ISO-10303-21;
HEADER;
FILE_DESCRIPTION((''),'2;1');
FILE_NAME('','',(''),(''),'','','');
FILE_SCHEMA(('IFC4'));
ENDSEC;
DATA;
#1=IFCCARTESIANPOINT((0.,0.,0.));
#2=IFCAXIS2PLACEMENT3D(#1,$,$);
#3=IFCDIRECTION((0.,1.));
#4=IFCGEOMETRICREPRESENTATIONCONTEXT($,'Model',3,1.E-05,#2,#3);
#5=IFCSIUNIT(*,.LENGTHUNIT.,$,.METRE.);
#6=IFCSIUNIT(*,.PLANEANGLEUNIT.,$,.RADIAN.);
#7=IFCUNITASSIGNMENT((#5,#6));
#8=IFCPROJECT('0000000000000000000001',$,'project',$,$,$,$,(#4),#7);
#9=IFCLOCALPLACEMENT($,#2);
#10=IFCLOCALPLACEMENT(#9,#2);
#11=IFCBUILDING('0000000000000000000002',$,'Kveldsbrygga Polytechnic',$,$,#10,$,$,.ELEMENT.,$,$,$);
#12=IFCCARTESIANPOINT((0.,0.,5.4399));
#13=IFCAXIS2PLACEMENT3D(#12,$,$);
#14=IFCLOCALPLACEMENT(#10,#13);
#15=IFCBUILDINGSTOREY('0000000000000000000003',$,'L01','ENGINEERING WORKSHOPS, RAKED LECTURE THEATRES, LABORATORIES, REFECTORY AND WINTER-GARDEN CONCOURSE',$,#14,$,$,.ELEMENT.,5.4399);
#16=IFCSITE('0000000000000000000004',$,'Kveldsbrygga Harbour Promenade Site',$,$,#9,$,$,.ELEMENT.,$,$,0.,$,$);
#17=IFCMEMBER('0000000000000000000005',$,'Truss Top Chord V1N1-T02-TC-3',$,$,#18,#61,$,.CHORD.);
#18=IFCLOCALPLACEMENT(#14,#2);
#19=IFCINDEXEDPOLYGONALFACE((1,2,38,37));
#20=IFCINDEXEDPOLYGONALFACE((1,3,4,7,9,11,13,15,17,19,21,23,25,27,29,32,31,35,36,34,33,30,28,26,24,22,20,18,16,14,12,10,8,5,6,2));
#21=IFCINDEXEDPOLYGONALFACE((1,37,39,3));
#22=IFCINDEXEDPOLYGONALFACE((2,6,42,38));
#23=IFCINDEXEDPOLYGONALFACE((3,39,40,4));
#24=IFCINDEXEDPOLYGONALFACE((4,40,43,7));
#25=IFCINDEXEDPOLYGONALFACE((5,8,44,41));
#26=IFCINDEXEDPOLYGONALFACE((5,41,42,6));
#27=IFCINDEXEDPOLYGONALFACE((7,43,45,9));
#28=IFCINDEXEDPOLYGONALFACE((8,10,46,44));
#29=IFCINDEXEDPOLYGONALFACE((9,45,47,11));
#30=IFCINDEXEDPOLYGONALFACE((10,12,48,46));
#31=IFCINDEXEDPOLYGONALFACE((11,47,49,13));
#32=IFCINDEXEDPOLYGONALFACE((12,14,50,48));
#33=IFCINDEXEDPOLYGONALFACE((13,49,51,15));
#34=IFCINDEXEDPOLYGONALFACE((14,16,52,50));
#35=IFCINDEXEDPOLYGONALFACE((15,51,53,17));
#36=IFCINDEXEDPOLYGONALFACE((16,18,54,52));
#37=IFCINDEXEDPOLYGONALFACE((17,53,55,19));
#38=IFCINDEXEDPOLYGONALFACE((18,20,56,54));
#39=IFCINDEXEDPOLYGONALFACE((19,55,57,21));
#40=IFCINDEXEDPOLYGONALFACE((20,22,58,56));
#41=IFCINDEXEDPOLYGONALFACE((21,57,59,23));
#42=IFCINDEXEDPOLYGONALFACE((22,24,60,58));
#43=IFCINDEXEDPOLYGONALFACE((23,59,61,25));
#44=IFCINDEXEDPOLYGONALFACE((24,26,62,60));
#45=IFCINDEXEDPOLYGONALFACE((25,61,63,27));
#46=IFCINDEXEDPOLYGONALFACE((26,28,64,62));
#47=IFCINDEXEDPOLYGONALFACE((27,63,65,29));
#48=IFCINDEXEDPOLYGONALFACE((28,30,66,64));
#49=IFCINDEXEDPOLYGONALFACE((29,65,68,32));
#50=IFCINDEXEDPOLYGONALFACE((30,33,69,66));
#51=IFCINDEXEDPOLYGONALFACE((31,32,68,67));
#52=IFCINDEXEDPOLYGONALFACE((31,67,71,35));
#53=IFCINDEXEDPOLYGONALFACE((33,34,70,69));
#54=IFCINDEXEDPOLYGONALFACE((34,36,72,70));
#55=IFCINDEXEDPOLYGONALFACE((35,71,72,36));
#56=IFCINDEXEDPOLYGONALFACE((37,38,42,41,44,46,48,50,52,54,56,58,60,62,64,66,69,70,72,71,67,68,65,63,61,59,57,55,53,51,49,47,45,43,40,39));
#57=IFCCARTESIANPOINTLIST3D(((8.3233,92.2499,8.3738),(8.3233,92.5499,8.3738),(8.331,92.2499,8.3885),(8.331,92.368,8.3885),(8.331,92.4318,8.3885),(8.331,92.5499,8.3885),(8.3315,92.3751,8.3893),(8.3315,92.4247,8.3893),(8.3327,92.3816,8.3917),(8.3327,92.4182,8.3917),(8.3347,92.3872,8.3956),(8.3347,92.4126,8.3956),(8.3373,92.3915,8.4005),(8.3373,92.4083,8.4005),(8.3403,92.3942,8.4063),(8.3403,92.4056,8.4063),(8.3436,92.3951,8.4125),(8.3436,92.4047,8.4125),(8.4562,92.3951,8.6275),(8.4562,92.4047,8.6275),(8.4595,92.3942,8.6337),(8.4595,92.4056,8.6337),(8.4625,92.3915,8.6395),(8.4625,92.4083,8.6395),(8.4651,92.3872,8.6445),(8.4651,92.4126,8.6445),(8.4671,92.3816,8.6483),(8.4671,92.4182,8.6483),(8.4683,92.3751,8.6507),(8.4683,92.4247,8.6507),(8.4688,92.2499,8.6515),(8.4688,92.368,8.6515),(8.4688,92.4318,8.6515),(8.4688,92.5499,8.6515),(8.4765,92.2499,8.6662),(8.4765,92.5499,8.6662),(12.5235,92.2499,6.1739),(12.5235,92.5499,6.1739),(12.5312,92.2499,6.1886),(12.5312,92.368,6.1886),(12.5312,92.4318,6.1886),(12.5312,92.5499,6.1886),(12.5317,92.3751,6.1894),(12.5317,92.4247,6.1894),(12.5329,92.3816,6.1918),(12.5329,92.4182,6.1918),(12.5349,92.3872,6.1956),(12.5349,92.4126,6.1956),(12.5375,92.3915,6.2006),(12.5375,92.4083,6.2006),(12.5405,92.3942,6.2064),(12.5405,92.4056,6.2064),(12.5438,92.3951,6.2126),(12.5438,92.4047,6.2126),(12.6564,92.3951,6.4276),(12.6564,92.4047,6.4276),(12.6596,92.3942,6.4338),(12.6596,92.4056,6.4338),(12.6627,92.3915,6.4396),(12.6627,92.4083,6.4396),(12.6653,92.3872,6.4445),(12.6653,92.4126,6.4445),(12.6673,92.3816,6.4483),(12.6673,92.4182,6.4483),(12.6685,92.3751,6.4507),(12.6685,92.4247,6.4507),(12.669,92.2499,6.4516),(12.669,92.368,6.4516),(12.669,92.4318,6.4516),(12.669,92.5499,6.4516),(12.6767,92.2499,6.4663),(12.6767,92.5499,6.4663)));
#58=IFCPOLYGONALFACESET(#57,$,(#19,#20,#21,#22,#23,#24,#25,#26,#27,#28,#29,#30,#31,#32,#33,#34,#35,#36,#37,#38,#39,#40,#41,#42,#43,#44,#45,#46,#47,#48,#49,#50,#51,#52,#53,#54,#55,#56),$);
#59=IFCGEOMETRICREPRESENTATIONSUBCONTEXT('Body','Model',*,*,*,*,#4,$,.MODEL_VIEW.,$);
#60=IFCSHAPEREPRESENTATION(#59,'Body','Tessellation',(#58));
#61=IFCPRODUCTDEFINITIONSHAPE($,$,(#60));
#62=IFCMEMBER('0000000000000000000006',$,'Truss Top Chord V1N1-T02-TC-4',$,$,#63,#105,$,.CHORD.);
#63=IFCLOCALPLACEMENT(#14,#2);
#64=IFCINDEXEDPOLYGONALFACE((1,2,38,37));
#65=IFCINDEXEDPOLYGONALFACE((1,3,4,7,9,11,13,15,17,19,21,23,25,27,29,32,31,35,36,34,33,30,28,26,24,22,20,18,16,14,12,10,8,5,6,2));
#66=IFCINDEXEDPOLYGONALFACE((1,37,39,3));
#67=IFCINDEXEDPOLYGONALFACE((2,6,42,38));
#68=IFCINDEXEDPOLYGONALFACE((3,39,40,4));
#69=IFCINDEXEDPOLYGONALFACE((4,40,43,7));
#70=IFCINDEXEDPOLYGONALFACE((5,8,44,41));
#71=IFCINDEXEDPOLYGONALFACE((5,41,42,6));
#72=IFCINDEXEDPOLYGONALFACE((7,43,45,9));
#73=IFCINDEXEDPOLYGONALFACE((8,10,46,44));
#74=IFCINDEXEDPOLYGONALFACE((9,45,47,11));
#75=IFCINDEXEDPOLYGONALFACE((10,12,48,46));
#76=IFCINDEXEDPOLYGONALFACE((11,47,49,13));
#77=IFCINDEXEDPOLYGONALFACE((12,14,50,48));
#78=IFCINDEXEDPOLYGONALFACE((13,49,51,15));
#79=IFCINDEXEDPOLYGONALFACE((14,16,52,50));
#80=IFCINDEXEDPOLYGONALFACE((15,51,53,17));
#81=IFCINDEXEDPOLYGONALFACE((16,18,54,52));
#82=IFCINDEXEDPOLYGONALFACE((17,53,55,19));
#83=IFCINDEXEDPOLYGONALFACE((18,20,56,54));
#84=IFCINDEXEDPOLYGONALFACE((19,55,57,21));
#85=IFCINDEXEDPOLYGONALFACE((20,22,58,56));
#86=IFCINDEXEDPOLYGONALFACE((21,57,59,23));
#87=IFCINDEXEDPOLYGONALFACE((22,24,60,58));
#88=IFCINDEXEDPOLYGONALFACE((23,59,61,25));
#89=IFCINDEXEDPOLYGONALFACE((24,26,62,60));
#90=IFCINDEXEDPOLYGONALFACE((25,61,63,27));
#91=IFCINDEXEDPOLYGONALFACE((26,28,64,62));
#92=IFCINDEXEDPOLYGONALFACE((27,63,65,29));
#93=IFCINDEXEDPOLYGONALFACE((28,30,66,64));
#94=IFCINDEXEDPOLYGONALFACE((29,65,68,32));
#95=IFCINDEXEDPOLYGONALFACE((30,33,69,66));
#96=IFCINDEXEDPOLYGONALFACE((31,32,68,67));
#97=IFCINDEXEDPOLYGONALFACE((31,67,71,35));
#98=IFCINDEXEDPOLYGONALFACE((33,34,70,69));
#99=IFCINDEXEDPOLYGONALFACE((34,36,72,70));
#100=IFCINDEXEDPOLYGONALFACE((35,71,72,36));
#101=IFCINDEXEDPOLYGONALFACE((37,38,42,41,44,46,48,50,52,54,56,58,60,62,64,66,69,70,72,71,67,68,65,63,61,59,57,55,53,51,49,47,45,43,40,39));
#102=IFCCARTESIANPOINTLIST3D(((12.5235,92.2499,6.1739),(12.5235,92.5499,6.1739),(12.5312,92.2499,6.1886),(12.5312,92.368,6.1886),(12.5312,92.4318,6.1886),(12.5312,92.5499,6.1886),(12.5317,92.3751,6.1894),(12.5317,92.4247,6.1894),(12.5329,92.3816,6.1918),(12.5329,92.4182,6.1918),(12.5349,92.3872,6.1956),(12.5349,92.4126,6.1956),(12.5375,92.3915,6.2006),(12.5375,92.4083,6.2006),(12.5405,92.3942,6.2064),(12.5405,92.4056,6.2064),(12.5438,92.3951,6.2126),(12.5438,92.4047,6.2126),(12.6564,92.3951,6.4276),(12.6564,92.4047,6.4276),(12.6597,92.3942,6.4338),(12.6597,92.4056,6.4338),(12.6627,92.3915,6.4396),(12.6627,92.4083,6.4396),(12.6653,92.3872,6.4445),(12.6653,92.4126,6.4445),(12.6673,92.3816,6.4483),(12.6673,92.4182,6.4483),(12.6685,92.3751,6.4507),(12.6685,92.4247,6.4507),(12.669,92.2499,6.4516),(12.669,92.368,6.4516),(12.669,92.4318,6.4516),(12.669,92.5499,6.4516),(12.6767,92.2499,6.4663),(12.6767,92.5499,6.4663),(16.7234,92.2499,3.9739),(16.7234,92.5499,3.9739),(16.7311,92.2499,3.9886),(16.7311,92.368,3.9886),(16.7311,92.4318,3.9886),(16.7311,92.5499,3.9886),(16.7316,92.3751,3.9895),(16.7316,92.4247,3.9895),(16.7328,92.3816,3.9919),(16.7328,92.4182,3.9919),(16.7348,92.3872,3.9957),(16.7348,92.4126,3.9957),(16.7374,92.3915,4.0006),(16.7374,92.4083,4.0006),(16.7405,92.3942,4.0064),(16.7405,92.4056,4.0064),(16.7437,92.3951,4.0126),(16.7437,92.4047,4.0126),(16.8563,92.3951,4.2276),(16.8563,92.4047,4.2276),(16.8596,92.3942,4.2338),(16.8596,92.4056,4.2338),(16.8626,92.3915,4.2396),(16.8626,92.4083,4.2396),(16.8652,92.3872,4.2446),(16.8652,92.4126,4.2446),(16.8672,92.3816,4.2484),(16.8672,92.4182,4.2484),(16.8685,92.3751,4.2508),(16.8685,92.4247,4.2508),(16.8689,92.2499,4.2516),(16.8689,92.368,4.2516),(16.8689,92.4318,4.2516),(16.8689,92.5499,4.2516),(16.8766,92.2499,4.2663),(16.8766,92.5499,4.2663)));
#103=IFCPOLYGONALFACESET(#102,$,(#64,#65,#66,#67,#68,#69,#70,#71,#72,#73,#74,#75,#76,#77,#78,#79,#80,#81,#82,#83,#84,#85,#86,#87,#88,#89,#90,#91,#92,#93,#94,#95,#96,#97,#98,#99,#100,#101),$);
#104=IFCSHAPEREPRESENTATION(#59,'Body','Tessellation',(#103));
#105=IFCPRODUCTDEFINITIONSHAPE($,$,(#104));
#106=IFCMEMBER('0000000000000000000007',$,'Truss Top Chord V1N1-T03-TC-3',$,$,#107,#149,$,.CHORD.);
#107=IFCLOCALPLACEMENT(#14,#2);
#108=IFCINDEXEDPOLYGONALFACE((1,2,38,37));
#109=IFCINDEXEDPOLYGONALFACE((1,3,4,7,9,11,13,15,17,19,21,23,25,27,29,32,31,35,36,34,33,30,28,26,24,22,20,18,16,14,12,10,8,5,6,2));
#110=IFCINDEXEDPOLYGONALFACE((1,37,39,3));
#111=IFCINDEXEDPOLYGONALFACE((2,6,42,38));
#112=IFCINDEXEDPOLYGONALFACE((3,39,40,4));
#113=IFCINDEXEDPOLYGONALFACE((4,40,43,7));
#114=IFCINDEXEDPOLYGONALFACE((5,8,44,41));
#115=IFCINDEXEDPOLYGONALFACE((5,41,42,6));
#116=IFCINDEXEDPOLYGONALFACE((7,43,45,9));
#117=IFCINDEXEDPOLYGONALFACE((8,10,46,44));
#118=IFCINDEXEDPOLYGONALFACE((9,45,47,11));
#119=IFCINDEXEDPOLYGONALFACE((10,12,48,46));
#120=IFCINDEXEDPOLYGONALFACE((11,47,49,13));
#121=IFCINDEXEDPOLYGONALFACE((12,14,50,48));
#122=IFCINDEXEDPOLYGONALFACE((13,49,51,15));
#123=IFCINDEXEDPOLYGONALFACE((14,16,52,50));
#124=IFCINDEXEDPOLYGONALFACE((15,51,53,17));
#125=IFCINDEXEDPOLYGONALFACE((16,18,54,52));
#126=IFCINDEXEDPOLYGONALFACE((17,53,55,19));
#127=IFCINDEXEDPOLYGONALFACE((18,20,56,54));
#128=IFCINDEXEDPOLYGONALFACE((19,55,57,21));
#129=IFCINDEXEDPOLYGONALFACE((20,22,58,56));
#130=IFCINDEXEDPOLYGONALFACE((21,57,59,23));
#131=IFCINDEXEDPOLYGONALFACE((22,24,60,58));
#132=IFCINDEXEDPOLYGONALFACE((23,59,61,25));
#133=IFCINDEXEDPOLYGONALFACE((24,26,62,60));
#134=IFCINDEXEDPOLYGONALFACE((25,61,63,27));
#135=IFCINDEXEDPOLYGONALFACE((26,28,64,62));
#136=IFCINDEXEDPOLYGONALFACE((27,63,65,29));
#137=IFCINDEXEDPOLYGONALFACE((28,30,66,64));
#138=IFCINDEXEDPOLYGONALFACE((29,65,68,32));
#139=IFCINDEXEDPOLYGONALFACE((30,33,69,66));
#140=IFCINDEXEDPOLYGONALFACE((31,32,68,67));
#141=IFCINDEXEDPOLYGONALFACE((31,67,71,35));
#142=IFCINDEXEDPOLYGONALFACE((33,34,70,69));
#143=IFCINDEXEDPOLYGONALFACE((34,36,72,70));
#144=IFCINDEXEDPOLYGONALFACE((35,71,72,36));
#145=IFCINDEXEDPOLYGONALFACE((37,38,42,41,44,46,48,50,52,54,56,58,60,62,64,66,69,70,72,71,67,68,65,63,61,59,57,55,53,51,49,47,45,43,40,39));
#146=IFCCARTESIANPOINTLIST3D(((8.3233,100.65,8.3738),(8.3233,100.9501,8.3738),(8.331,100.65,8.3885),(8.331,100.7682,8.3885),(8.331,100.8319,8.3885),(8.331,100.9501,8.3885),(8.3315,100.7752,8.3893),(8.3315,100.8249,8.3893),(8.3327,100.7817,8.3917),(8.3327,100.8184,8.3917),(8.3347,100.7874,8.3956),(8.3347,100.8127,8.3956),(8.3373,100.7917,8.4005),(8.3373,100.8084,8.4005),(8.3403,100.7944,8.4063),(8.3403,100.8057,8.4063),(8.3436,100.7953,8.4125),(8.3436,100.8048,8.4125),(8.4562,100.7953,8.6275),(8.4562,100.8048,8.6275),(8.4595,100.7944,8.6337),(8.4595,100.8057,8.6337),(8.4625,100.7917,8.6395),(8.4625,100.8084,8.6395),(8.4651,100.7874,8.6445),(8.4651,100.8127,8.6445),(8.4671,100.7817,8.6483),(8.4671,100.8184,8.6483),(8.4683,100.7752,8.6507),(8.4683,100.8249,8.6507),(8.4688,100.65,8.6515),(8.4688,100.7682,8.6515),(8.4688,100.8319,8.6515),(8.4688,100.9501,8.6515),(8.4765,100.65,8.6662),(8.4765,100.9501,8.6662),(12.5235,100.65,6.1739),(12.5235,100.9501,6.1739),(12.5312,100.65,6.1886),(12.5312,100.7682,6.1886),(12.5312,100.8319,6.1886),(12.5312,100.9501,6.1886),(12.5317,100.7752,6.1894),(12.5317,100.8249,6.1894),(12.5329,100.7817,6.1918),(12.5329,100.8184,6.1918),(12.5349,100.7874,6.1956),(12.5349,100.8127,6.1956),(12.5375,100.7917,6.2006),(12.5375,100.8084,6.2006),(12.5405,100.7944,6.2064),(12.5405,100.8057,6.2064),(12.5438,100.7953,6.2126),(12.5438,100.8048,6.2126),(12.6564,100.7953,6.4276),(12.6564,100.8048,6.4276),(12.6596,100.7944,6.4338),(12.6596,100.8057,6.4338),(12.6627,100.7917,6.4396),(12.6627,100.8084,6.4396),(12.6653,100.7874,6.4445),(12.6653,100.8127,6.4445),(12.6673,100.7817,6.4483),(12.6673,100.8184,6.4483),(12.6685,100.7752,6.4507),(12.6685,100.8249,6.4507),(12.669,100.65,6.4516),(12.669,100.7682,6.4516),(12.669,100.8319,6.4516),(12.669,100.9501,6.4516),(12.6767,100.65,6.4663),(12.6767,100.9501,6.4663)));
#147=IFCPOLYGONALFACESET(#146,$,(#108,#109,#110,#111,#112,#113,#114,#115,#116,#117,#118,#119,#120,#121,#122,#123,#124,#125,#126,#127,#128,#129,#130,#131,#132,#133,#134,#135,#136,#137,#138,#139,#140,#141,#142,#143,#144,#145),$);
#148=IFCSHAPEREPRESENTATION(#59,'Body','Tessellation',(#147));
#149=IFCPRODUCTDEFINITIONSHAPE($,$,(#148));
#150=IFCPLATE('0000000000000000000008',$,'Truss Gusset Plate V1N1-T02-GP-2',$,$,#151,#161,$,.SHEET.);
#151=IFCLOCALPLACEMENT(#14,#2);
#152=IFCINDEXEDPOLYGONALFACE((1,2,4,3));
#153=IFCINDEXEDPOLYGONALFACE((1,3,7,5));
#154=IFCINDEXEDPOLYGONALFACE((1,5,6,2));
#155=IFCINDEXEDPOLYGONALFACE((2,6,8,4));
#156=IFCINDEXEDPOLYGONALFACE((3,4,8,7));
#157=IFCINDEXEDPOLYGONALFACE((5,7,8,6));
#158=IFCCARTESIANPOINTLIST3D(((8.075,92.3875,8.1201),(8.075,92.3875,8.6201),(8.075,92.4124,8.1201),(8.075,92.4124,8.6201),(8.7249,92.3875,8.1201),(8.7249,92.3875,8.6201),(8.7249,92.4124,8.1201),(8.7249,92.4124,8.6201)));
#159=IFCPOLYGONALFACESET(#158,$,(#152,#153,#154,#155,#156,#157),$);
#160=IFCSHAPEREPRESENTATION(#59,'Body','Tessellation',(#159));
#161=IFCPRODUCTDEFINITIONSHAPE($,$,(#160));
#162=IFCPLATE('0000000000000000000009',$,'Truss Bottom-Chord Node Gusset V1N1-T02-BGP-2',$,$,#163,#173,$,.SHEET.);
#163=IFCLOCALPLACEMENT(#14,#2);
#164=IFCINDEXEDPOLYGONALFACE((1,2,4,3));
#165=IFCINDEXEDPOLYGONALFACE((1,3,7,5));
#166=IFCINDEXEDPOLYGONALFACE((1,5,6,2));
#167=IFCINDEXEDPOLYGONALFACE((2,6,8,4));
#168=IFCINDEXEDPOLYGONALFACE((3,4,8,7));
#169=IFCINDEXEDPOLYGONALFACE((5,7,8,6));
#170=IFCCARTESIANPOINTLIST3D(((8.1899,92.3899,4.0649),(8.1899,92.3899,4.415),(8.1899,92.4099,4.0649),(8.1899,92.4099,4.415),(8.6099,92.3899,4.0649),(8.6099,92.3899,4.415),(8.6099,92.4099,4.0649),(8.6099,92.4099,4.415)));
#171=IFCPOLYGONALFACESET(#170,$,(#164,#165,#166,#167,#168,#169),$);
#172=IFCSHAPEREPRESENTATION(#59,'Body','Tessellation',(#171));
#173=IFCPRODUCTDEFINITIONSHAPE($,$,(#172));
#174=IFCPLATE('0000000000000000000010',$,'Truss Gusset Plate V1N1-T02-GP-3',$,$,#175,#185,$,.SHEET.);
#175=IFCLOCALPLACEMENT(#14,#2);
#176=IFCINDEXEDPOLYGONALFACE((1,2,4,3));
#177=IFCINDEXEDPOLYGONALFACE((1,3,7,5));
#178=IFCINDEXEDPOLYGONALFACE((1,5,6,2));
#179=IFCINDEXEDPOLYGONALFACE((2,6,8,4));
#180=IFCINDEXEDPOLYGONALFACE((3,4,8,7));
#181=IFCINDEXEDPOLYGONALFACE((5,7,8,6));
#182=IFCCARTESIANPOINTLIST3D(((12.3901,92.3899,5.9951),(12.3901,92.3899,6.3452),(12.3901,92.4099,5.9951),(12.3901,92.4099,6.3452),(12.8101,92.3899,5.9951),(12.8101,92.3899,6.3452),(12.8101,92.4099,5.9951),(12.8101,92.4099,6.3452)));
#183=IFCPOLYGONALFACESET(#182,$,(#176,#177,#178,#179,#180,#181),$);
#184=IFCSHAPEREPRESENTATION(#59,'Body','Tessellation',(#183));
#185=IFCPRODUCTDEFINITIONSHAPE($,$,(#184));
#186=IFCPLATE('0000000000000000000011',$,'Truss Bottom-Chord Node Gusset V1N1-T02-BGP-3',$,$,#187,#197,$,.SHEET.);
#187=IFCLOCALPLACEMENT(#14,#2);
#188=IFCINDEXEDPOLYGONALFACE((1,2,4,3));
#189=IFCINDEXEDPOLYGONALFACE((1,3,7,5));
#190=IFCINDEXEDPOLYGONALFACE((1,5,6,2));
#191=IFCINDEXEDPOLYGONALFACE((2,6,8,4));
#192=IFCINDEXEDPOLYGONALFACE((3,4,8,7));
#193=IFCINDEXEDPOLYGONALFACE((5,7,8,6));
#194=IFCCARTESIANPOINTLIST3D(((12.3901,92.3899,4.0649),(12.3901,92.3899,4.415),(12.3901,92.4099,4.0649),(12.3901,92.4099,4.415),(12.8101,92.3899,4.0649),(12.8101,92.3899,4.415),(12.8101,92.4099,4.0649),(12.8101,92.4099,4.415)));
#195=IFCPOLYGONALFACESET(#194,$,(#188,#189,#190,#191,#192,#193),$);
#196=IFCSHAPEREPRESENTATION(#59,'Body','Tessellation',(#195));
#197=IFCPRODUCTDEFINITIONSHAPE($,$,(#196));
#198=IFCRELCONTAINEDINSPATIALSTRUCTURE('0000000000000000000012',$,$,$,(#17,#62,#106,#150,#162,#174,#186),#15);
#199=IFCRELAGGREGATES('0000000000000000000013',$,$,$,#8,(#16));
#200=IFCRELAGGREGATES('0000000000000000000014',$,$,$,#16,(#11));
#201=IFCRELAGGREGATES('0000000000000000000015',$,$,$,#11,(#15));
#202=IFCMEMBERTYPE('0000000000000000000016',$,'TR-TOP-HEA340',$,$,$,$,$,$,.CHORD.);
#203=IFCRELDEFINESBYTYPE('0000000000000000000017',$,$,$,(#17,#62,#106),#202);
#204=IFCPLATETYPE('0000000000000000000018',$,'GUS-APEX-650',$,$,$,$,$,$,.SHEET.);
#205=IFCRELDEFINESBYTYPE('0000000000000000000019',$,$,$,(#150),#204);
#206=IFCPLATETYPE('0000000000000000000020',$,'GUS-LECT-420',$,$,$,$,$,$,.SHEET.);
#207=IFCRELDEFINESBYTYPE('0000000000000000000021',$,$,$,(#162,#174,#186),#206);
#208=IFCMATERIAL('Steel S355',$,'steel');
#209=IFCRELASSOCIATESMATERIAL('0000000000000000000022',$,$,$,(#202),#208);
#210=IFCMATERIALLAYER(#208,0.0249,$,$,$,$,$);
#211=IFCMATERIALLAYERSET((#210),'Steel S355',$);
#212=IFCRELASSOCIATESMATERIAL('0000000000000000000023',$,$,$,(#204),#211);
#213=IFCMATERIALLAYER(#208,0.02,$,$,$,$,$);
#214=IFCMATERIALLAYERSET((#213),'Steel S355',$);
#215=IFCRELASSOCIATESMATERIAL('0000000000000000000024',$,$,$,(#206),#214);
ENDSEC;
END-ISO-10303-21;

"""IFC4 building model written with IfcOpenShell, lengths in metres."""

from ifc_helpers import new_model, si_unit, direction, frame, origin, origin_2d, place, context, subcontext, project, spatial, rectangle, i_section, extrude, material, layer, layer_set, material_profile, profile_set, type_object, element, save


model = new_model("IFC4")

# Units and contexts
model_context = context("Model", 3, precision=1e-05, world=origin(), true_north=direction((0.0, 1.0)))
body_context = subcontext(model_context, "Body", "Model", "MODEL_VIEW")
ifc_project = project(units=[si_unit("LENGTHUNIT", "METRE"), si_unit("PLANEANGLEUNIT", "RADIAN")], contexts=[model_context])

# Site, building, storey
site_placement = place(None, origin())
site = spatial("IfcSite", under=ifc_project, at=site_placement, Name="Kveldsbrygga Harbour Promenade Site", CompositionType="ELEMENT", RefElevation=0.0)
building_placement = place(site_placement, origin())
building = spatial("IfcBuilding", under=site, at=building_placement, Name="Kveldsbrygga Polytechnic", CompositionType="ELEMENT")
storey_placement = place(building_placement, frame((0.0, 0.0, 5.4399)))
storey = spatial("IfcBuildingStorey", under=building, at=storey_placement, Name="L01", Description="ENGINEERING WORKSHOPS, RAKED LECTURE THEATRES, LABORATORIES, REFECTORY AND WINTER-GARDEN CONCOURSE", CompositionType="ELEMENT", Elevation=5.4399)

# Members
ifc_material_1 = material(Name="Steel S355", Category="steel")
ifc_material_profile_1 = material_profile(ifc_material_1, i_section(OverallWidth=0.3, OverallDepth=0.3301, WebThickness=0.0095, FlangeThickness=0.0166, FilletRadius=0.0271, at=origin_2d()), Name="HEA 340")
ifc_profile_set_1 = profile_set([ifc_material_profile_1], Name="Steel S355")
member_type_1 = type_object("IfcMemberType", Name="TR-TOP-HEA340", PredefinedType="CHORD", material=ifc_profile_set_1)
member_1_placement = place(storey_placement, frame((8.3999, 92.3999, 8.52), z_axis=(0.885845, 0.0, -0.463982), x_axis=(0.0, 1.0, 0.0)))
element("IfcMember", 1, at=member_1_placement, inside=storey, type_object=member_type_1, Name="Truss Top Chord V1N1-T02-TC-3", PredefinedType="CHORD", context=body_context, shape_type="SweptSolid", body=[
    extrude(i_section(OverallWidth=0.3, OverallDepth=0.3301, WebThickness=0.0095, FlangeThickness=0.0166, FilletRadius=0.0271, at=origin_2d()), origin(), (0.0, 0.0, 1.0), 4.7415),
])
member_2_placement = place(storey_placement, frame((12.6001, 92.3999, 6.3201), z_axis=(0.885834, 0.0, -0.464003), x_axis=(0.0, 1.0, 0.0)))
element("IfcMember", 2, at=member_2_placement, inside=storey, type_object=member_type_1, Name="Truss Top Chord V1N1-T02-TC-4", PredefinedType="CHORD", context=body_context, shape_type="SweptSolid", body=[
    extrude(i_section(OverallWidth=0.3, OverallDepth=0.3301, WebThickness=0.0095, FlangeThickness=0.0166, FilletRadius=0.0271, at=origin_2d()), origin(), (0.0, 0.0, 1.0), 4.7412),
])
member_3_placement = place(storey_placement, frame((8.3999, 100.8, 8.52), z_axis=(0.885845, 0.0, -0.463982), x_axis=(0.0, 1.0, 0.0)))
element("IfcMember", 3, at=member_3_placement, inside=storey, type_object=member_type_1, Name="Truss Top Chord V1N1-T03-TC-3", PredefinedType="CHORD", context=body_context, shape_type="SweptSolid", body=[
    extrude(i_section(OverallWidth=0.3, OverallDepth=0.3301, WebThickness=0.0095, FlangeThickness=0.0166, FilletRadius=0.0271, at=origin_2d()), origin(), (0.0, 0.0, 1.0), 4.7415),
])

# Plates
ifc_layer_1 = layer(ifc_material_1, 0.0249)
ifc_layer_set_1 = layer_set([ifc_layer_1], Name="Steel S355")
plate_type_1 = type_object("IfcPlateType", Name="GUS-APEX-650", PredefinedType="SHEET", material=ifc_layer_set_1)
plate_placement = place(storey_placement, frame((8.3999, 92.3999, 8.1201), z_axis=(0.0, 0.0, 1.0), x_axis=(1.0, 0.0, 0.0)))
element("IfcPlate", 4, at=plate_placement, inside=storey, type_object=plate_type_1, Name="Truss Gusset Plate V1N1-T02-GP-2", PredefinedType="SHEET", context=body_context, shape_type="SweptSolid", body=[
    extrude(rectangle(XDim=0.6499, YDim=0.0249, at=origin_2d()), origin(), (0.0, 0.0, 1.0), 0.5),
])
ifc_layer_2 = layer(ifc_material_1, 0.02)
ifc_layer_set_2 = layer_set([ifc_layer_2], Name="Steel S355")
plate_type_2 = type_object("IfcPlateType", Name="GUS-LECT-420", PredefinedType="SHEET", material=ifc_layer_set_2)
for number, where, z_axis, x_axis, name in (
    (5, (8.3999, 92.3999, 4.0649), (0.0, 0.0, 1.0), (1.0, 0.0, 0.0), "Truss Bottom-Chord Node Gusset V1N1-T02-BGP-2"),
    (6, (12.6001, 92.3999, 5.9951), (0.0, 0.0, 1.0), (1.0, 0.0, 0.0), "Truss Gusset Plate V1N1-T02-GP-3"),
    (7, (12.6001, 92.3999, 4.0649), (0.0, 0.0, 1.0), (1.0, 0.0, 0.0), "Truss Bottom-Chord Node Gusset V1N1-T02-BGP-3"),
):
    element("IfcPlate", number, at=place(storey_placement, frame(where, z_axis=z_axis, x_axis=x_axis)), inside=storey, type_object=plate_type_2, Name=name, PredefinedType="SHEET", context=body_context, shape_type="SweptSolid", body=[
        extrude(rectangle(XDim=0.4199, YDim=0.02, at=origin_2d()), origin(), (0.0, 0.0, 1.0), 0.3501),
    ])

save(model, "model.ifc")
